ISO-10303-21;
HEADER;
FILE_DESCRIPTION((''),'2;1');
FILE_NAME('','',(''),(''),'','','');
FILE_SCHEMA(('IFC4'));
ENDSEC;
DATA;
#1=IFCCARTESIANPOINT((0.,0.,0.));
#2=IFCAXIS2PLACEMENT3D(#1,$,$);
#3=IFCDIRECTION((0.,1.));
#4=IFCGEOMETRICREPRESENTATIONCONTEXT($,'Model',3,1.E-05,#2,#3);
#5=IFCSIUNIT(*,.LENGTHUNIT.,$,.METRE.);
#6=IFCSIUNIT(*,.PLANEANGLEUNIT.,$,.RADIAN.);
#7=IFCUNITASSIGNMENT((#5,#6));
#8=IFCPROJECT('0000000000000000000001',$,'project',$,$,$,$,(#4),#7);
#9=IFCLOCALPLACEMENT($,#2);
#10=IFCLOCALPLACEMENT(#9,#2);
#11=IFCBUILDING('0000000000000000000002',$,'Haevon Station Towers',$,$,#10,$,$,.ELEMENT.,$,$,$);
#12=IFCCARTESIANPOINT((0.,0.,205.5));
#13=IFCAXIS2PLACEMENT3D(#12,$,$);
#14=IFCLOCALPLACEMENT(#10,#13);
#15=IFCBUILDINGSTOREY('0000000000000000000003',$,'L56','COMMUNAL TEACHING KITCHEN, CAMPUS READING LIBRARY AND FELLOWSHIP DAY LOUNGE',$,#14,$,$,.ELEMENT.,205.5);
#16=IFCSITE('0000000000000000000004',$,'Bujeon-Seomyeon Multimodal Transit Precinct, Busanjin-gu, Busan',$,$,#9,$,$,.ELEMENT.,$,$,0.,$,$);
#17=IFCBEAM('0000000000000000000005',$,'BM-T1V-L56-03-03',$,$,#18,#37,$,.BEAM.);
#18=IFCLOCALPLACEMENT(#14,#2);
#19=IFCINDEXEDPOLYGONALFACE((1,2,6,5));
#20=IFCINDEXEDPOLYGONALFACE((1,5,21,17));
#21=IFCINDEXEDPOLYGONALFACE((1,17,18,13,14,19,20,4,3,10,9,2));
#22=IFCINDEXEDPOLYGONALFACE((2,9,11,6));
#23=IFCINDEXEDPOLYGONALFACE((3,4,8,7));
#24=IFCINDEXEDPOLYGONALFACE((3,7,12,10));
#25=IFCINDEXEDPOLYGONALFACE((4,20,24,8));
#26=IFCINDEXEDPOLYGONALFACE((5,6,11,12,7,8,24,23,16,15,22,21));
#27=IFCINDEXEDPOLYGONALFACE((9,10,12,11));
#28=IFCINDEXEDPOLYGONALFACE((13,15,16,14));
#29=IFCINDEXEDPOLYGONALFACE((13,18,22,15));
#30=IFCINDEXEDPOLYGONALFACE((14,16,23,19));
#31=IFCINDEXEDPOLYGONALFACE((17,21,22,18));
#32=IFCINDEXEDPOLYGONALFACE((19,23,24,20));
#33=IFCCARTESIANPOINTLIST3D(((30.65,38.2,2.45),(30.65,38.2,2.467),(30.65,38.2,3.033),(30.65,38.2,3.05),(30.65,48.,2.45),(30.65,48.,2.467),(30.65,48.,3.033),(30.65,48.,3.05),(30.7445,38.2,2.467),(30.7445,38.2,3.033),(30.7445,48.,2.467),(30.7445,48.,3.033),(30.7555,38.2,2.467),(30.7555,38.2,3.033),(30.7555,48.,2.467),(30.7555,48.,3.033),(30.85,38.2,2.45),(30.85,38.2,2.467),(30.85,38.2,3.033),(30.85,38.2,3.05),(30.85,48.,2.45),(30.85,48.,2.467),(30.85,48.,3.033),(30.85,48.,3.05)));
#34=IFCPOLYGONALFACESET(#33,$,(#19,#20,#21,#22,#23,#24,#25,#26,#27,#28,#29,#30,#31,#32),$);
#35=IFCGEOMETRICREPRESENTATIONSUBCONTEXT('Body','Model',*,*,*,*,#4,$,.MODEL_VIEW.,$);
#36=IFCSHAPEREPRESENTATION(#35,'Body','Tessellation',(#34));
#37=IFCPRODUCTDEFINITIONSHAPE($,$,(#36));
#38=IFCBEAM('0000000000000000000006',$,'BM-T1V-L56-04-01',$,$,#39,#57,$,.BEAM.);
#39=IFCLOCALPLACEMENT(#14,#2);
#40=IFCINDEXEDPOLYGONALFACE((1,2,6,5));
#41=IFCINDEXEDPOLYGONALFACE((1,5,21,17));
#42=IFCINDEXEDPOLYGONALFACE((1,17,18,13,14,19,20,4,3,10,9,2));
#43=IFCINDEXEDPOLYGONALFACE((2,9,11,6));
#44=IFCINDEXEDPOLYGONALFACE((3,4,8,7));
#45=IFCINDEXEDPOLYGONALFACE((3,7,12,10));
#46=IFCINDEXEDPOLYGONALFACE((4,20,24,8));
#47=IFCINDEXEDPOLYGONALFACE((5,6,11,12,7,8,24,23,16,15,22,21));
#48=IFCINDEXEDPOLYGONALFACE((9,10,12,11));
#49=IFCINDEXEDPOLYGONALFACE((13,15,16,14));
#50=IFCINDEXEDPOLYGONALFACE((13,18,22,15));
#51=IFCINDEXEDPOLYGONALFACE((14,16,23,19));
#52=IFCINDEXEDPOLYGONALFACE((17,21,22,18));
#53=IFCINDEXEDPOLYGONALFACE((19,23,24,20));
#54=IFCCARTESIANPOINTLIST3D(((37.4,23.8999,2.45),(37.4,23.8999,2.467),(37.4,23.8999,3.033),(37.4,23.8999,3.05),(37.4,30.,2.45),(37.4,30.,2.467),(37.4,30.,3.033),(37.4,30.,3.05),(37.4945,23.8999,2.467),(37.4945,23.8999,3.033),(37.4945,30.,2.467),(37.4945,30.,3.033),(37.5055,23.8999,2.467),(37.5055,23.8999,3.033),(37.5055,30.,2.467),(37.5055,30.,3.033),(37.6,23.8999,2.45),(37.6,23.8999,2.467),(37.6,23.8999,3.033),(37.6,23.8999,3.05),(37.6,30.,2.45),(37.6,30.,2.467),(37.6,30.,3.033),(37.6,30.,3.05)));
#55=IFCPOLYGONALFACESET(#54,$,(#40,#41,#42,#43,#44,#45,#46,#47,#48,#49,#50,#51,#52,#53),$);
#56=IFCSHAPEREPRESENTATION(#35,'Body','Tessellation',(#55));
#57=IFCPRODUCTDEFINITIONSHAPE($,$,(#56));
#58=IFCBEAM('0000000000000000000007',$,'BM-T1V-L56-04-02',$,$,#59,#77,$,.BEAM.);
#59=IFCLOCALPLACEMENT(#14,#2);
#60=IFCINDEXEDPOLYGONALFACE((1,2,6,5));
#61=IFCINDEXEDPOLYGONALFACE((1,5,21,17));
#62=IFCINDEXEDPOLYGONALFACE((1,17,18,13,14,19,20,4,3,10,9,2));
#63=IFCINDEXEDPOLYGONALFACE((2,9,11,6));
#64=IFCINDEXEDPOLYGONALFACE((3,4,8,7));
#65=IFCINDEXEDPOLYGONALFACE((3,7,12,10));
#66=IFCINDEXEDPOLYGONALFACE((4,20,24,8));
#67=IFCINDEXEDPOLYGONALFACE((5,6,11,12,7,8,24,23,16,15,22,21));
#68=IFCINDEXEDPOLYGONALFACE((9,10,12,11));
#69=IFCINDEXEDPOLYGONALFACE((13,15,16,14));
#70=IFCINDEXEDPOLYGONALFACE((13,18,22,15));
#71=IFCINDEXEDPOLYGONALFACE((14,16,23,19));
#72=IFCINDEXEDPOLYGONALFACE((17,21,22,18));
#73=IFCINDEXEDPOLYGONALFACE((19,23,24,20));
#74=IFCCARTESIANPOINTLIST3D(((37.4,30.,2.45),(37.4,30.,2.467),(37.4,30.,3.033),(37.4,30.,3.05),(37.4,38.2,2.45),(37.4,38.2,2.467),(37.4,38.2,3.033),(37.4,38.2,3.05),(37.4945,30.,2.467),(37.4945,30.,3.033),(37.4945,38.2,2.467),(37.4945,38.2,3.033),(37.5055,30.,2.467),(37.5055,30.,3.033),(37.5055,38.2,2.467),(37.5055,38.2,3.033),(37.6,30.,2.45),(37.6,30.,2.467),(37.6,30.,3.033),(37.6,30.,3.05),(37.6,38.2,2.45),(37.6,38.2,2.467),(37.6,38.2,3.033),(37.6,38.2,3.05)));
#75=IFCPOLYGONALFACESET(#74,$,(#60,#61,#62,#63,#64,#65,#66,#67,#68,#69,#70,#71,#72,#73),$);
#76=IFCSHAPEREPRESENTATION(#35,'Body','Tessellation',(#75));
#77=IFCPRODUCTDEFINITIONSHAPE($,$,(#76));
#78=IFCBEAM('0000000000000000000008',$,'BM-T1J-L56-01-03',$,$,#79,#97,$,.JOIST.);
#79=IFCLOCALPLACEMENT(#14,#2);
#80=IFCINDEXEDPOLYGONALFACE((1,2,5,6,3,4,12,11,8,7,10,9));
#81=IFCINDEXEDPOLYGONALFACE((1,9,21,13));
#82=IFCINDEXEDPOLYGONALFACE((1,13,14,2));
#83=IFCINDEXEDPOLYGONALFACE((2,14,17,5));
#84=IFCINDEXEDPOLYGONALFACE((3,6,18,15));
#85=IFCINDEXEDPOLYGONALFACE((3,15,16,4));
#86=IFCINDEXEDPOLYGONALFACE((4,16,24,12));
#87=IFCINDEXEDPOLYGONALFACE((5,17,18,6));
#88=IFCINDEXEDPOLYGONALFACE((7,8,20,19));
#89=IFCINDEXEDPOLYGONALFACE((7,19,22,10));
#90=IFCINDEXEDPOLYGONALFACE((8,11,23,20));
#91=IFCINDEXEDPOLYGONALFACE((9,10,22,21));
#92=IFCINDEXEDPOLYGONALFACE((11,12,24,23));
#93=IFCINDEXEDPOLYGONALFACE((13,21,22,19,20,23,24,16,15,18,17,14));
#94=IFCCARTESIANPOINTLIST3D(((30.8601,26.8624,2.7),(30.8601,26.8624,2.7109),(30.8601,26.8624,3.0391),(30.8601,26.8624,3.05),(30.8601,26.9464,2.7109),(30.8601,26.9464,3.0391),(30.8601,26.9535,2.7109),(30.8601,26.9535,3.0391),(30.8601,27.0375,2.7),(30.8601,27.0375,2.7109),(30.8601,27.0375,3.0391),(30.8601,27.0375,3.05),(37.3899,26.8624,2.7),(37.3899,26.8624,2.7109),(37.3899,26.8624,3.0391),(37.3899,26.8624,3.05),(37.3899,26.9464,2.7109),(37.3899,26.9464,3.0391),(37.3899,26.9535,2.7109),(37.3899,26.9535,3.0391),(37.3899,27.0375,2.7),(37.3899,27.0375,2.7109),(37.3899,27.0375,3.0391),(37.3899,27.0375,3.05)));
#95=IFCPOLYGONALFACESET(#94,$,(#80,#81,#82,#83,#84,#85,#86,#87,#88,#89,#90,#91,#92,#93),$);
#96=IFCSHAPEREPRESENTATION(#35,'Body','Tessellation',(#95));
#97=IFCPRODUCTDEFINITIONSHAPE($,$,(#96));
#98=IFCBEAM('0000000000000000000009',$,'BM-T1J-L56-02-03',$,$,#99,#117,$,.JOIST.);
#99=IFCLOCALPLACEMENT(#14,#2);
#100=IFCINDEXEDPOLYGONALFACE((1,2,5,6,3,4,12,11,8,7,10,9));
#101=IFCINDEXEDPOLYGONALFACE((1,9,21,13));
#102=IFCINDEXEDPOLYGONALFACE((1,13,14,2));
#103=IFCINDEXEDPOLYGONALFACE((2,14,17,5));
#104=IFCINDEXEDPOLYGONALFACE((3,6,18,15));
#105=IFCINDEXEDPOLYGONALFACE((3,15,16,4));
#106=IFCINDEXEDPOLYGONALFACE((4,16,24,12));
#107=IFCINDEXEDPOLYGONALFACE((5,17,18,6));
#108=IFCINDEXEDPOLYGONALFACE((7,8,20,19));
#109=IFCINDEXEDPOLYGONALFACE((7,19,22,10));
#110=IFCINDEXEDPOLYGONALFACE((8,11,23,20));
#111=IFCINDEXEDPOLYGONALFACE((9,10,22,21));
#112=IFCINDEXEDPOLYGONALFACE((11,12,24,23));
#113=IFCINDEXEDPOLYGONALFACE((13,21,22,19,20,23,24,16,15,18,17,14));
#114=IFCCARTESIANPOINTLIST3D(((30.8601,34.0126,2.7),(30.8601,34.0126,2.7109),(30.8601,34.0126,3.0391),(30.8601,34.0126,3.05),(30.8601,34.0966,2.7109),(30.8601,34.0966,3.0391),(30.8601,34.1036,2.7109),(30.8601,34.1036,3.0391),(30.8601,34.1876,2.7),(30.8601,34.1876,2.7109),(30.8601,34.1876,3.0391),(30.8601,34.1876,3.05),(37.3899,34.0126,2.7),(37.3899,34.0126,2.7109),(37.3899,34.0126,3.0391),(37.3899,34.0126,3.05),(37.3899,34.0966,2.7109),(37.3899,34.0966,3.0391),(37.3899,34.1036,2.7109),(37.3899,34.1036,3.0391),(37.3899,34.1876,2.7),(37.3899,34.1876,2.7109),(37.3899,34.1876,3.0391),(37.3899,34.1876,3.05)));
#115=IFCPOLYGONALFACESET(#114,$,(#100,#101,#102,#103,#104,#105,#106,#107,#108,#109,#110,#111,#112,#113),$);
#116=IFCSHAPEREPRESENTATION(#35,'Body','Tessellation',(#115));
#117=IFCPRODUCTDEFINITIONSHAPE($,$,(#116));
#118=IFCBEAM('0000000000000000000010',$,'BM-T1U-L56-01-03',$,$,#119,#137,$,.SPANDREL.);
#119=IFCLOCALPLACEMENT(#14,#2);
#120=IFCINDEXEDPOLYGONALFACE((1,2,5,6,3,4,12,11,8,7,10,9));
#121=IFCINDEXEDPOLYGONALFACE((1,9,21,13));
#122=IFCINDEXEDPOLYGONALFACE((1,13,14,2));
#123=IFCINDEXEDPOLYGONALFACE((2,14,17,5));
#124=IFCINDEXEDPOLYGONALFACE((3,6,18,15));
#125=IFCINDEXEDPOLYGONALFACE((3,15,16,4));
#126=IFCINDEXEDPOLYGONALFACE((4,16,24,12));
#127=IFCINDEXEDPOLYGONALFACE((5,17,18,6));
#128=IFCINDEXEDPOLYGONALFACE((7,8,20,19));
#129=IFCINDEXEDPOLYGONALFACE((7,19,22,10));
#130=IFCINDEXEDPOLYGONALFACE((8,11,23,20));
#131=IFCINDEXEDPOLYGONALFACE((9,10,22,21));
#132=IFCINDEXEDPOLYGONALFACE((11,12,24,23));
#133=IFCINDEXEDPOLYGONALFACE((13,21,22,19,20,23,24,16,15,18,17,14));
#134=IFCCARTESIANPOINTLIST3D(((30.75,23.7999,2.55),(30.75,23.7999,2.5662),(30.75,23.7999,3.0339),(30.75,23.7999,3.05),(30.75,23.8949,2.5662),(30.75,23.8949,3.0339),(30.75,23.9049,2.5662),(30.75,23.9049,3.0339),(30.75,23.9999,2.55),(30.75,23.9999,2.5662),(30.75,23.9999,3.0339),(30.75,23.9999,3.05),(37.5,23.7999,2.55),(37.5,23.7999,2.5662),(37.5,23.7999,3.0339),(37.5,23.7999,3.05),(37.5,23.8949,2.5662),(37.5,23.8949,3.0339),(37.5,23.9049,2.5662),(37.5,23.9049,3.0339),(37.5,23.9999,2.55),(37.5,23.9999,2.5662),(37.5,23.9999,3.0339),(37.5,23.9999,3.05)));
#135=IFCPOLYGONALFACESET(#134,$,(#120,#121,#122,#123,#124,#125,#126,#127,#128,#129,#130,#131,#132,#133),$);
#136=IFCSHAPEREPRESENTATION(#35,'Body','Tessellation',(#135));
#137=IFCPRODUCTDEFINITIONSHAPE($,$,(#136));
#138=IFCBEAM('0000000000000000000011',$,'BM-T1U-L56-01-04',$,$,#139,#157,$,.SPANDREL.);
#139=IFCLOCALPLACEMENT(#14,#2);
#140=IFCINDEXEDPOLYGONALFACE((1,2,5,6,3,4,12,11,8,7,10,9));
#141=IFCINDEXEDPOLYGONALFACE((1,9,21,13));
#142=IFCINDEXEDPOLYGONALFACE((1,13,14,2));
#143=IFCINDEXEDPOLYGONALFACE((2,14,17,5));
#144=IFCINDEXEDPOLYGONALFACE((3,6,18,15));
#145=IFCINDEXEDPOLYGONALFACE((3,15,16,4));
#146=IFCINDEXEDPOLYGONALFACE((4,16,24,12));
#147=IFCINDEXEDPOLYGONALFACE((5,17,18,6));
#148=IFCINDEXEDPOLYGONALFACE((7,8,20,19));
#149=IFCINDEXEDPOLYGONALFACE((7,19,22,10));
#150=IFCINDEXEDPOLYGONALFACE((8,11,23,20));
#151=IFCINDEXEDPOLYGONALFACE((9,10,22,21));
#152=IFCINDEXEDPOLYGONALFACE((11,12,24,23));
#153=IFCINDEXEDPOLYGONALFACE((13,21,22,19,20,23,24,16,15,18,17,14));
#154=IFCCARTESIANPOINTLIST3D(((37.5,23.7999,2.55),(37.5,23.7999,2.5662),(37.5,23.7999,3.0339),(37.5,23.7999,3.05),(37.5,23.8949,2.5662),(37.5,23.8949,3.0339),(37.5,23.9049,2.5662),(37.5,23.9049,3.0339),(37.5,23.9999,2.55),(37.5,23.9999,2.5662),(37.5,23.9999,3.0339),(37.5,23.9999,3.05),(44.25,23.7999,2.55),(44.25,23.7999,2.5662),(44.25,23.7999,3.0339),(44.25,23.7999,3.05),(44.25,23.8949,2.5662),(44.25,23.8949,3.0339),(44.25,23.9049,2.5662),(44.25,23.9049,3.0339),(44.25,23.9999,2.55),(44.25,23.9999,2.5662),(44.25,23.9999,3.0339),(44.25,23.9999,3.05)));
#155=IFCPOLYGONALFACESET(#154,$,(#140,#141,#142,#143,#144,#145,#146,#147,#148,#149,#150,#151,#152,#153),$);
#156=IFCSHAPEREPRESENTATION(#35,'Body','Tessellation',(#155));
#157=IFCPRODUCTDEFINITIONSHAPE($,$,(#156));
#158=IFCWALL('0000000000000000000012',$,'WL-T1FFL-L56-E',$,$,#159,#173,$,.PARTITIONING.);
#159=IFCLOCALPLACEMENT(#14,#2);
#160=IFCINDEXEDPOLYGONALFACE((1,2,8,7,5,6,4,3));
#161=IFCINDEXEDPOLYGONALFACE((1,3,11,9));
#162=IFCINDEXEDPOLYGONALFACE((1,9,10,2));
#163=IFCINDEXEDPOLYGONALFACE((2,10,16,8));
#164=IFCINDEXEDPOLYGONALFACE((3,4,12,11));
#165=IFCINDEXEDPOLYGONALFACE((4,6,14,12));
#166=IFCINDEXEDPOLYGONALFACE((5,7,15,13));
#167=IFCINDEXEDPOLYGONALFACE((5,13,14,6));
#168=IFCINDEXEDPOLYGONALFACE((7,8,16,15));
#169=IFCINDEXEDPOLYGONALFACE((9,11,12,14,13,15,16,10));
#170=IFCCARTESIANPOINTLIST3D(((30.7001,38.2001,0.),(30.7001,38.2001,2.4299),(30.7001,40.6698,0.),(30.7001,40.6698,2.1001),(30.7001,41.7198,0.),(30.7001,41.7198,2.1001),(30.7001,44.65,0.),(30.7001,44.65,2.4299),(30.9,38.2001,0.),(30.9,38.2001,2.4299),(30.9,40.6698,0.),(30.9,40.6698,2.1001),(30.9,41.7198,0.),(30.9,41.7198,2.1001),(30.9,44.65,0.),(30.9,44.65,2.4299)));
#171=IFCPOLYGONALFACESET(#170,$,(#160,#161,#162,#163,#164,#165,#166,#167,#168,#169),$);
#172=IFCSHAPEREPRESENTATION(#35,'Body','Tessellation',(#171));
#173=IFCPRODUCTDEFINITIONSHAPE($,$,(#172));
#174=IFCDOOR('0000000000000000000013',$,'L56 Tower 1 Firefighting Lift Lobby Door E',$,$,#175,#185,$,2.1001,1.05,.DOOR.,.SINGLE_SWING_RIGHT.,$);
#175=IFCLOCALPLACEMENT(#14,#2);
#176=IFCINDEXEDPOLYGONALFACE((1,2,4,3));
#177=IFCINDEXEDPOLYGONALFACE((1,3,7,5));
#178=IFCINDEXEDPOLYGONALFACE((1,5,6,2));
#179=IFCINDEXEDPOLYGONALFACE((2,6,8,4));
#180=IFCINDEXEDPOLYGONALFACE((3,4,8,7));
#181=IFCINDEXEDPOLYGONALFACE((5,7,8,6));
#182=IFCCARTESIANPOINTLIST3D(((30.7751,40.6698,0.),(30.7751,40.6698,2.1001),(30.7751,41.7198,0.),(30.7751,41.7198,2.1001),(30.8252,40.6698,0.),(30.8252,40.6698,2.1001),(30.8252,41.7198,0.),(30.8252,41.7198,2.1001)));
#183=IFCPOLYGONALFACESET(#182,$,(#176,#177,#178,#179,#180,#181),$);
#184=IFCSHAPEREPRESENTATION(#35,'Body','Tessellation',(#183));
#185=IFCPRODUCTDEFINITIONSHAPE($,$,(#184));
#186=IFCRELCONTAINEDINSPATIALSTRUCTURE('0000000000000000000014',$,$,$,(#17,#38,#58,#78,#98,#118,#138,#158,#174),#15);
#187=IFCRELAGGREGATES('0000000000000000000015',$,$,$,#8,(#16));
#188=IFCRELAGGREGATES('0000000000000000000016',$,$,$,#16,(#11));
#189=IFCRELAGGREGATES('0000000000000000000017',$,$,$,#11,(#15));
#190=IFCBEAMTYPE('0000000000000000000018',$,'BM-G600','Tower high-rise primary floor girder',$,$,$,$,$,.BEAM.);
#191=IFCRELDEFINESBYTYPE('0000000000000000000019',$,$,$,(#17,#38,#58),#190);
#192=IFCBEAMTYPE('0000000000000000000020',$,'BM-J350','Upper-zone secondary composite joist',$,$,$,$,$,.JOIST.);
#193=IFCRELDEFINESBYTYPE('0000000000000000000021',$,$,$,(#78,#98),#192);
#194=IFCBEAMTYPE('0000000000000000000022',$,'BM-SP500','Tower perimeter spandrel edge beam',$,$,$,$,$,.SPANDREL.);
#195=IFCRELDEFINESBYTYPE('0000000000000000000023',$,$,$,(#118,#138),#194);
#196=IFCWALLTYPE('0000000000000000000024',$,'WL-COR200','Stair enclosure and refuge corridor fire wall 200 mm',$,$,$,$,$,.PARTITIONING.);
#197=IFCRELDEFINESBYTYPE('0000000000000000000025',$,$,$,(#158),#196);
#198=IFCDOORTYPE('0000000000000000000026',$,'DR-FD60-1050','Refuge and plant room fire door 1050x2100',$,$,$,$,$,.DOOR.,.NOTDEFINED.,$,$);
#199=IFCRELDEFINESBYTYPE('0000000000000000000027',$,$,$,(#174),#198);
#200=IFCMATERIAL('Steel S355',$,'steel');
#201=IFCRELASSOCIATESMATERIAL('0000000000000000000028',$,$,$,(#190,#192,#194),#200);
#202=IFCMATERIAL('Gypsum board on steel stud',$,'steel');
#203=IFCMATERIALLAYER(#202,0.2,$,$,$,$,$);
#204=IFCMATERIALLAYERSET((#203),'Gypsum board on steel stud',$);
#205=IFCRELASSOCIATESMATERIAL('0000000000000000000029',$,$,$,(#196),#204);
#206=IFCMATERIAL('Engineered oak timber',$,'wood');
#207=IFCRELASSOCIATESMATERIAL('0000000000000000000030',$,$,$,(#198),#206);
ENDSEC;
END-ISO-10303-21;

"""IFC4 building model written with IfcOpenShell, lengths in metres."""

from ifc_helpers import new_model, si_unit, direction, frame, frame_2d, origin, origin_2d, place, context, subcontext, project, spatial, rectangle, i_section, extrude, material, layer, layer_set, material_profile, profile_set, type_object, element, fill, save


model = new_model("IFC4")

# Units and contexts
model_context = context("Model", 3, precision=1e-05, world=origin(), true_north=direction((0.0, 1.0)))
body_context = subcontext(model_context, "Body", "Model", "MODEL_VIEW")
ifc_project = project(units=[si_unit("LENGTHUNIT", "METRE"), si_unit("PLANEANGLEUNIT", "RADIAN")], contexts=[model_context])

# Site, building, storey
site_placement = place(None, origin())
site = spatial("IfcSite", under=ifc_project, at=site_placement, Name="Bujeon-Seomyeon Multimodal Transit Precinct, Busanjin-gu, Busan", CompositionType="ELEMENT", RefElevation=0.0)
building_placement = place(site_placement, origin())
building = spatial("IfcBuilding", under=site, at=building_placement, Name="Haevon Station Towers", CompositionType="ELEMENT")
storey_placement = place(building_placement, frame((0.0, 0.0, 205.5)))
storey = spatial("IfcBuildingStorey", under=building, at=storey_placement, Name="L56", Description="COMMUNAL TEACHING KITCHEN, CAMPUS READING LIBRARY AND FELLOWSHIP DAY LOUNGE", CompositionType="ELEMENT", Elevation=205.5)

# Shared definitions
ifc_material_1 = material(Name="Steel S355", Category="steel")

# Beams
ifc_material_profile_1 = material_profile(ifc_material_1, i_section(OverallWidth=0.2, OverallDepth=0.6001, WebThickness=0.011, FlangeThickness=0.0171, at=origin_2d()), Name="H-600x200x11x17")
ifc_profile_set_1 = profile_set([ifc_material_profile_1], Name="Steel S355")
beam_type_1 = type_object("IfcBeamType", Name="BM-G600", Description="Tower high-rise primary floor girder", PredefinedType="BEAM", material=ifc_profile_set_1)
beam_1_placement = place(storey_placement, frame((30.75, 38.2, 2.75), z_axis=(0.0, 1.0, 0.0), x_axis=(-1.0, 0.0, 0.0)))
element("IfcBeam", 1, at=beam_1_placement, inside=storey, type_object=beam_type_1, Name="BM-T1V-L56-03-03", PredefinedType="BEAM", context=body_context, shape_type="SweptSolid", body=[
    extrude(i_section(OverallWidth=0.2, OverallDepth=0.6001, WebThickness=0.011, FlangeThickness=0.0171, at=origin_2d()), origin(), (0.0, 0.0, 1.0), 9.8),
])
beam_2_placement = place(storey_placement, frame((37.5, 23.8999, 2.75), z_axis=(0.0, 1.0, 0.0), x_axis=(-1.0, 0.0, 0.0)))
element("IfcBeam", 2, at=beam_2_placement, inside=storey, type_object=beam_type_1, Name="BM-T1V-L56-04-01", PredefinedType="BEAM", context=body_context, shape_type="SweptSolid", body=[
    extrude(i_section(OverallWidth=0.2, OverallDepth=0.6001, WebThickness=0.011, FlangeThickness=0.0171, at=origin_2d()), origin(), (0.0, 0.0, 1.0), 6.1001),
])
beam_3_placement = place(storey_placement, frame((37.5, 30.0, 2.75), z_axis=(0.0, 1.0, 0.0), x_axis=(-1.0, 0.0, 0.0)))
element("IfcBeam", 3, at=beam_3_placement, inside=storey, type_object=beam_type_1, Name="BM-T1V-L56-04-02", PredefinedType="BEAM", context=body_context, shape_type="SweptSolid", body=[
    extrude(i_section(OverallWidth=0.2, OverallDepth=0.6001, WebThickness=0.011, FlangeThickness=0.0171, at=origin_2d()), origin(), (0.0, 0.0, 1.0), 8.2),
])
ifc_material_profile_2 = material_profile(ifc_material_1, i_section(OverallWidth=0.175, OverallDepth=0.3501, WebThickness=0.0071, FlangeThickness=0.011, at=origin_2d()), Name="H-350x175x7x11")
ifc_profile_set_2 = profile_set([ifc_material_profile_2], Name="Steel S355")
beam_type_2 = type_object("IfcBeamType", Name="BM-J350", Description="Upper-zone secondary composite joist", PredefinedType="JOIST", material=ifc_profile_set_2)
for number, where, z_axis, x_axis, name in (
    (4, (30.8601, 26.95, 2.875), (1.0, 0.0, 0.0), (0.0, 1.0, 0.0), "BM-T1J-L56-01-03"),
    (5, (30.8601, 34.1001, 2.875), (1.0, 0.0, 0.0), (0.0, 1.0, 0.0), "BM-T1J-L56-02-03"),
):
    element("IfcBeam", number, at=place(storey_placement, frame(where, z_axis=z_axis, x_axis=x_axis)), inside=storey, type_object=beam_type_2, Name=name, PredefinedType="JOIST", context=body_context, shape_type="SweptSolid", body=[
        extrude(i_section(OverallWidth=0.175, OverallDepth=0.3501, WebThickness=0.0071, FlangeThickness=0.011, at=origin_2d()), origin(), (0.0, 0.0, 1.0), 6.5298),
    ])
ifc_material_profile_3 = material_profile(ifc_material_1, i_section(OverallWidth=0.2, OverallDepth=0.5, WebThickness=0.01, FlangeThickness=0.0161, at=origin_2d()), Name="H-500x200x10x16")
ifc_profile_set_3 = profile_set([ifc_material_profile_3], Name="Steel S355")
beam_type_3 = type_object("IfcBeamType", Name="BM-SP500", Description="Tower perimeter spandrel edge beam", PredefinedType="SPANDREL", material=ifc_profile_set_3)
for number, where, z_axis, x_axis, name in (
    (6, (30.75, 23.8999, 2.8), (1.0, 0.0, 0.0), (0.0, 1.0, 0.0), "BM-T1U-L56-01-03"),
    (7, (37.5, 23.8999, 2.8), (1.0, 0.0, 0.0), (0.0, 1.0, 0.0), "BM-T1U-L56-01-04"),
):
    element("IfcBeam", number, at=place(storey_placement, frame(where, z_axis=z_axis, x_axis=x_axis)), inside=storey, type_object=beam_type_3, Name=name, PredefinedType="SPANDREL", context=body_context, shape_type="SweptSolid", body=[
        extrude(i_section(OverallWidth=0.2, OverallDepth=0.5, WebThickness=0.01, FlangeThickness=0.0161, at=origin_2d()), origin(), (0.0, 0.0, 1.0), 6.75),
    ])

# Wall, opening, door
ifc_material_2 = material(Name="Gypsum board on steel stud", Category="steel")
ifc_layer_1 = layer(ifc_material_2, 0.2)
ifc_layer_set_1 = layer_set([ifc_layer_1], Name="Gypsum board on steel stud")
wall_type_1 = type_object("IfcWallType", Name="WL-COR200", Description="Stair enclosure and refuge corridor fire wall 200 mm", PredefinedType="PARTITIONING", material=ifc_layer_set_1)
wall_1_placement = place(storey_placement, frame((30.8, 38.2, 0.0), z_axis=(0.0, 0.0, 1.0), x_axis=(0.0, 1.0, 0.0)))
wall_1 = element("IfcWall", 8, at=wall_1_placement, inside=storey, type_object=wall_type_1, Name="WL-T1FFL-L56-E", PredefinedType="PARTITIONING", context=body_context, shape_type="SweptSolid", body=[
    extrude(rectangle(XDim=6.45, YDim=0.2, at=frame_2d((3.2251, 0.0))), origin(), (0.0, 0.0, 1.0), 2.4299),
])
opening_1_placement = place(wall_1_placement, frame((2.47, 0.0, 0.0)))
opening_1 = element("IfcOpeningElement", 9, at=opening_1_placement, cuts=wall_1, PredefinedType="OPENING", context=body_context, shape_type="SweptSolid", body=[
    extrude(rectangle(XDim=1.05, YDim=2.1001, at=frame_2d((0.5249, 1.05))), frame((0.0, 0.1099, 0.0), z_axis=(0.0, -1.0, 0.0), x_axis=(1.0, 0.0, 0.0)), (0.0, 0.0, 1.0), 0.22),
])
ifc_material_3 = material(Name="Engineered oak timber", Category="wood")
door_type_1 = type_object("IfcDoorType", Name="DR-FD60-1050", Description="Refuge and plant room fire door 1050x2100", OperationType="NOTDEFINED", PredefinedType="DOOR", material=ifc_material_3)
door_1_placement = place(opening_1_placement, origin())
door_1 = element("IfcDoor", 10, at=door_1_placement, inside=storey, type_object=door_type_1, Name="L56 Tower 1 Firefighting Lift Lobby Door E", OperationType="SINGLE_SWING_RIGHT", OverallHeight=2.1001, OverallWidth=1.05, PredefinedType="DOOR", context=body_context, shape_type="SweptSolid", body=[
    extrude(rectangle(XDim=1.05, YDim=2.1001, at=frame_2d((0.5249, 1.05))), frame((0.0, 0.0249, 0.0), z_axis=(0.0, -1.0, 0.0), x_axis=(1.0, 0.0, 0.0)), (0.0, 0.0, 1.0), 0.05),
])
fill(opening_1, door_1)

save(model, "model.ifc")
